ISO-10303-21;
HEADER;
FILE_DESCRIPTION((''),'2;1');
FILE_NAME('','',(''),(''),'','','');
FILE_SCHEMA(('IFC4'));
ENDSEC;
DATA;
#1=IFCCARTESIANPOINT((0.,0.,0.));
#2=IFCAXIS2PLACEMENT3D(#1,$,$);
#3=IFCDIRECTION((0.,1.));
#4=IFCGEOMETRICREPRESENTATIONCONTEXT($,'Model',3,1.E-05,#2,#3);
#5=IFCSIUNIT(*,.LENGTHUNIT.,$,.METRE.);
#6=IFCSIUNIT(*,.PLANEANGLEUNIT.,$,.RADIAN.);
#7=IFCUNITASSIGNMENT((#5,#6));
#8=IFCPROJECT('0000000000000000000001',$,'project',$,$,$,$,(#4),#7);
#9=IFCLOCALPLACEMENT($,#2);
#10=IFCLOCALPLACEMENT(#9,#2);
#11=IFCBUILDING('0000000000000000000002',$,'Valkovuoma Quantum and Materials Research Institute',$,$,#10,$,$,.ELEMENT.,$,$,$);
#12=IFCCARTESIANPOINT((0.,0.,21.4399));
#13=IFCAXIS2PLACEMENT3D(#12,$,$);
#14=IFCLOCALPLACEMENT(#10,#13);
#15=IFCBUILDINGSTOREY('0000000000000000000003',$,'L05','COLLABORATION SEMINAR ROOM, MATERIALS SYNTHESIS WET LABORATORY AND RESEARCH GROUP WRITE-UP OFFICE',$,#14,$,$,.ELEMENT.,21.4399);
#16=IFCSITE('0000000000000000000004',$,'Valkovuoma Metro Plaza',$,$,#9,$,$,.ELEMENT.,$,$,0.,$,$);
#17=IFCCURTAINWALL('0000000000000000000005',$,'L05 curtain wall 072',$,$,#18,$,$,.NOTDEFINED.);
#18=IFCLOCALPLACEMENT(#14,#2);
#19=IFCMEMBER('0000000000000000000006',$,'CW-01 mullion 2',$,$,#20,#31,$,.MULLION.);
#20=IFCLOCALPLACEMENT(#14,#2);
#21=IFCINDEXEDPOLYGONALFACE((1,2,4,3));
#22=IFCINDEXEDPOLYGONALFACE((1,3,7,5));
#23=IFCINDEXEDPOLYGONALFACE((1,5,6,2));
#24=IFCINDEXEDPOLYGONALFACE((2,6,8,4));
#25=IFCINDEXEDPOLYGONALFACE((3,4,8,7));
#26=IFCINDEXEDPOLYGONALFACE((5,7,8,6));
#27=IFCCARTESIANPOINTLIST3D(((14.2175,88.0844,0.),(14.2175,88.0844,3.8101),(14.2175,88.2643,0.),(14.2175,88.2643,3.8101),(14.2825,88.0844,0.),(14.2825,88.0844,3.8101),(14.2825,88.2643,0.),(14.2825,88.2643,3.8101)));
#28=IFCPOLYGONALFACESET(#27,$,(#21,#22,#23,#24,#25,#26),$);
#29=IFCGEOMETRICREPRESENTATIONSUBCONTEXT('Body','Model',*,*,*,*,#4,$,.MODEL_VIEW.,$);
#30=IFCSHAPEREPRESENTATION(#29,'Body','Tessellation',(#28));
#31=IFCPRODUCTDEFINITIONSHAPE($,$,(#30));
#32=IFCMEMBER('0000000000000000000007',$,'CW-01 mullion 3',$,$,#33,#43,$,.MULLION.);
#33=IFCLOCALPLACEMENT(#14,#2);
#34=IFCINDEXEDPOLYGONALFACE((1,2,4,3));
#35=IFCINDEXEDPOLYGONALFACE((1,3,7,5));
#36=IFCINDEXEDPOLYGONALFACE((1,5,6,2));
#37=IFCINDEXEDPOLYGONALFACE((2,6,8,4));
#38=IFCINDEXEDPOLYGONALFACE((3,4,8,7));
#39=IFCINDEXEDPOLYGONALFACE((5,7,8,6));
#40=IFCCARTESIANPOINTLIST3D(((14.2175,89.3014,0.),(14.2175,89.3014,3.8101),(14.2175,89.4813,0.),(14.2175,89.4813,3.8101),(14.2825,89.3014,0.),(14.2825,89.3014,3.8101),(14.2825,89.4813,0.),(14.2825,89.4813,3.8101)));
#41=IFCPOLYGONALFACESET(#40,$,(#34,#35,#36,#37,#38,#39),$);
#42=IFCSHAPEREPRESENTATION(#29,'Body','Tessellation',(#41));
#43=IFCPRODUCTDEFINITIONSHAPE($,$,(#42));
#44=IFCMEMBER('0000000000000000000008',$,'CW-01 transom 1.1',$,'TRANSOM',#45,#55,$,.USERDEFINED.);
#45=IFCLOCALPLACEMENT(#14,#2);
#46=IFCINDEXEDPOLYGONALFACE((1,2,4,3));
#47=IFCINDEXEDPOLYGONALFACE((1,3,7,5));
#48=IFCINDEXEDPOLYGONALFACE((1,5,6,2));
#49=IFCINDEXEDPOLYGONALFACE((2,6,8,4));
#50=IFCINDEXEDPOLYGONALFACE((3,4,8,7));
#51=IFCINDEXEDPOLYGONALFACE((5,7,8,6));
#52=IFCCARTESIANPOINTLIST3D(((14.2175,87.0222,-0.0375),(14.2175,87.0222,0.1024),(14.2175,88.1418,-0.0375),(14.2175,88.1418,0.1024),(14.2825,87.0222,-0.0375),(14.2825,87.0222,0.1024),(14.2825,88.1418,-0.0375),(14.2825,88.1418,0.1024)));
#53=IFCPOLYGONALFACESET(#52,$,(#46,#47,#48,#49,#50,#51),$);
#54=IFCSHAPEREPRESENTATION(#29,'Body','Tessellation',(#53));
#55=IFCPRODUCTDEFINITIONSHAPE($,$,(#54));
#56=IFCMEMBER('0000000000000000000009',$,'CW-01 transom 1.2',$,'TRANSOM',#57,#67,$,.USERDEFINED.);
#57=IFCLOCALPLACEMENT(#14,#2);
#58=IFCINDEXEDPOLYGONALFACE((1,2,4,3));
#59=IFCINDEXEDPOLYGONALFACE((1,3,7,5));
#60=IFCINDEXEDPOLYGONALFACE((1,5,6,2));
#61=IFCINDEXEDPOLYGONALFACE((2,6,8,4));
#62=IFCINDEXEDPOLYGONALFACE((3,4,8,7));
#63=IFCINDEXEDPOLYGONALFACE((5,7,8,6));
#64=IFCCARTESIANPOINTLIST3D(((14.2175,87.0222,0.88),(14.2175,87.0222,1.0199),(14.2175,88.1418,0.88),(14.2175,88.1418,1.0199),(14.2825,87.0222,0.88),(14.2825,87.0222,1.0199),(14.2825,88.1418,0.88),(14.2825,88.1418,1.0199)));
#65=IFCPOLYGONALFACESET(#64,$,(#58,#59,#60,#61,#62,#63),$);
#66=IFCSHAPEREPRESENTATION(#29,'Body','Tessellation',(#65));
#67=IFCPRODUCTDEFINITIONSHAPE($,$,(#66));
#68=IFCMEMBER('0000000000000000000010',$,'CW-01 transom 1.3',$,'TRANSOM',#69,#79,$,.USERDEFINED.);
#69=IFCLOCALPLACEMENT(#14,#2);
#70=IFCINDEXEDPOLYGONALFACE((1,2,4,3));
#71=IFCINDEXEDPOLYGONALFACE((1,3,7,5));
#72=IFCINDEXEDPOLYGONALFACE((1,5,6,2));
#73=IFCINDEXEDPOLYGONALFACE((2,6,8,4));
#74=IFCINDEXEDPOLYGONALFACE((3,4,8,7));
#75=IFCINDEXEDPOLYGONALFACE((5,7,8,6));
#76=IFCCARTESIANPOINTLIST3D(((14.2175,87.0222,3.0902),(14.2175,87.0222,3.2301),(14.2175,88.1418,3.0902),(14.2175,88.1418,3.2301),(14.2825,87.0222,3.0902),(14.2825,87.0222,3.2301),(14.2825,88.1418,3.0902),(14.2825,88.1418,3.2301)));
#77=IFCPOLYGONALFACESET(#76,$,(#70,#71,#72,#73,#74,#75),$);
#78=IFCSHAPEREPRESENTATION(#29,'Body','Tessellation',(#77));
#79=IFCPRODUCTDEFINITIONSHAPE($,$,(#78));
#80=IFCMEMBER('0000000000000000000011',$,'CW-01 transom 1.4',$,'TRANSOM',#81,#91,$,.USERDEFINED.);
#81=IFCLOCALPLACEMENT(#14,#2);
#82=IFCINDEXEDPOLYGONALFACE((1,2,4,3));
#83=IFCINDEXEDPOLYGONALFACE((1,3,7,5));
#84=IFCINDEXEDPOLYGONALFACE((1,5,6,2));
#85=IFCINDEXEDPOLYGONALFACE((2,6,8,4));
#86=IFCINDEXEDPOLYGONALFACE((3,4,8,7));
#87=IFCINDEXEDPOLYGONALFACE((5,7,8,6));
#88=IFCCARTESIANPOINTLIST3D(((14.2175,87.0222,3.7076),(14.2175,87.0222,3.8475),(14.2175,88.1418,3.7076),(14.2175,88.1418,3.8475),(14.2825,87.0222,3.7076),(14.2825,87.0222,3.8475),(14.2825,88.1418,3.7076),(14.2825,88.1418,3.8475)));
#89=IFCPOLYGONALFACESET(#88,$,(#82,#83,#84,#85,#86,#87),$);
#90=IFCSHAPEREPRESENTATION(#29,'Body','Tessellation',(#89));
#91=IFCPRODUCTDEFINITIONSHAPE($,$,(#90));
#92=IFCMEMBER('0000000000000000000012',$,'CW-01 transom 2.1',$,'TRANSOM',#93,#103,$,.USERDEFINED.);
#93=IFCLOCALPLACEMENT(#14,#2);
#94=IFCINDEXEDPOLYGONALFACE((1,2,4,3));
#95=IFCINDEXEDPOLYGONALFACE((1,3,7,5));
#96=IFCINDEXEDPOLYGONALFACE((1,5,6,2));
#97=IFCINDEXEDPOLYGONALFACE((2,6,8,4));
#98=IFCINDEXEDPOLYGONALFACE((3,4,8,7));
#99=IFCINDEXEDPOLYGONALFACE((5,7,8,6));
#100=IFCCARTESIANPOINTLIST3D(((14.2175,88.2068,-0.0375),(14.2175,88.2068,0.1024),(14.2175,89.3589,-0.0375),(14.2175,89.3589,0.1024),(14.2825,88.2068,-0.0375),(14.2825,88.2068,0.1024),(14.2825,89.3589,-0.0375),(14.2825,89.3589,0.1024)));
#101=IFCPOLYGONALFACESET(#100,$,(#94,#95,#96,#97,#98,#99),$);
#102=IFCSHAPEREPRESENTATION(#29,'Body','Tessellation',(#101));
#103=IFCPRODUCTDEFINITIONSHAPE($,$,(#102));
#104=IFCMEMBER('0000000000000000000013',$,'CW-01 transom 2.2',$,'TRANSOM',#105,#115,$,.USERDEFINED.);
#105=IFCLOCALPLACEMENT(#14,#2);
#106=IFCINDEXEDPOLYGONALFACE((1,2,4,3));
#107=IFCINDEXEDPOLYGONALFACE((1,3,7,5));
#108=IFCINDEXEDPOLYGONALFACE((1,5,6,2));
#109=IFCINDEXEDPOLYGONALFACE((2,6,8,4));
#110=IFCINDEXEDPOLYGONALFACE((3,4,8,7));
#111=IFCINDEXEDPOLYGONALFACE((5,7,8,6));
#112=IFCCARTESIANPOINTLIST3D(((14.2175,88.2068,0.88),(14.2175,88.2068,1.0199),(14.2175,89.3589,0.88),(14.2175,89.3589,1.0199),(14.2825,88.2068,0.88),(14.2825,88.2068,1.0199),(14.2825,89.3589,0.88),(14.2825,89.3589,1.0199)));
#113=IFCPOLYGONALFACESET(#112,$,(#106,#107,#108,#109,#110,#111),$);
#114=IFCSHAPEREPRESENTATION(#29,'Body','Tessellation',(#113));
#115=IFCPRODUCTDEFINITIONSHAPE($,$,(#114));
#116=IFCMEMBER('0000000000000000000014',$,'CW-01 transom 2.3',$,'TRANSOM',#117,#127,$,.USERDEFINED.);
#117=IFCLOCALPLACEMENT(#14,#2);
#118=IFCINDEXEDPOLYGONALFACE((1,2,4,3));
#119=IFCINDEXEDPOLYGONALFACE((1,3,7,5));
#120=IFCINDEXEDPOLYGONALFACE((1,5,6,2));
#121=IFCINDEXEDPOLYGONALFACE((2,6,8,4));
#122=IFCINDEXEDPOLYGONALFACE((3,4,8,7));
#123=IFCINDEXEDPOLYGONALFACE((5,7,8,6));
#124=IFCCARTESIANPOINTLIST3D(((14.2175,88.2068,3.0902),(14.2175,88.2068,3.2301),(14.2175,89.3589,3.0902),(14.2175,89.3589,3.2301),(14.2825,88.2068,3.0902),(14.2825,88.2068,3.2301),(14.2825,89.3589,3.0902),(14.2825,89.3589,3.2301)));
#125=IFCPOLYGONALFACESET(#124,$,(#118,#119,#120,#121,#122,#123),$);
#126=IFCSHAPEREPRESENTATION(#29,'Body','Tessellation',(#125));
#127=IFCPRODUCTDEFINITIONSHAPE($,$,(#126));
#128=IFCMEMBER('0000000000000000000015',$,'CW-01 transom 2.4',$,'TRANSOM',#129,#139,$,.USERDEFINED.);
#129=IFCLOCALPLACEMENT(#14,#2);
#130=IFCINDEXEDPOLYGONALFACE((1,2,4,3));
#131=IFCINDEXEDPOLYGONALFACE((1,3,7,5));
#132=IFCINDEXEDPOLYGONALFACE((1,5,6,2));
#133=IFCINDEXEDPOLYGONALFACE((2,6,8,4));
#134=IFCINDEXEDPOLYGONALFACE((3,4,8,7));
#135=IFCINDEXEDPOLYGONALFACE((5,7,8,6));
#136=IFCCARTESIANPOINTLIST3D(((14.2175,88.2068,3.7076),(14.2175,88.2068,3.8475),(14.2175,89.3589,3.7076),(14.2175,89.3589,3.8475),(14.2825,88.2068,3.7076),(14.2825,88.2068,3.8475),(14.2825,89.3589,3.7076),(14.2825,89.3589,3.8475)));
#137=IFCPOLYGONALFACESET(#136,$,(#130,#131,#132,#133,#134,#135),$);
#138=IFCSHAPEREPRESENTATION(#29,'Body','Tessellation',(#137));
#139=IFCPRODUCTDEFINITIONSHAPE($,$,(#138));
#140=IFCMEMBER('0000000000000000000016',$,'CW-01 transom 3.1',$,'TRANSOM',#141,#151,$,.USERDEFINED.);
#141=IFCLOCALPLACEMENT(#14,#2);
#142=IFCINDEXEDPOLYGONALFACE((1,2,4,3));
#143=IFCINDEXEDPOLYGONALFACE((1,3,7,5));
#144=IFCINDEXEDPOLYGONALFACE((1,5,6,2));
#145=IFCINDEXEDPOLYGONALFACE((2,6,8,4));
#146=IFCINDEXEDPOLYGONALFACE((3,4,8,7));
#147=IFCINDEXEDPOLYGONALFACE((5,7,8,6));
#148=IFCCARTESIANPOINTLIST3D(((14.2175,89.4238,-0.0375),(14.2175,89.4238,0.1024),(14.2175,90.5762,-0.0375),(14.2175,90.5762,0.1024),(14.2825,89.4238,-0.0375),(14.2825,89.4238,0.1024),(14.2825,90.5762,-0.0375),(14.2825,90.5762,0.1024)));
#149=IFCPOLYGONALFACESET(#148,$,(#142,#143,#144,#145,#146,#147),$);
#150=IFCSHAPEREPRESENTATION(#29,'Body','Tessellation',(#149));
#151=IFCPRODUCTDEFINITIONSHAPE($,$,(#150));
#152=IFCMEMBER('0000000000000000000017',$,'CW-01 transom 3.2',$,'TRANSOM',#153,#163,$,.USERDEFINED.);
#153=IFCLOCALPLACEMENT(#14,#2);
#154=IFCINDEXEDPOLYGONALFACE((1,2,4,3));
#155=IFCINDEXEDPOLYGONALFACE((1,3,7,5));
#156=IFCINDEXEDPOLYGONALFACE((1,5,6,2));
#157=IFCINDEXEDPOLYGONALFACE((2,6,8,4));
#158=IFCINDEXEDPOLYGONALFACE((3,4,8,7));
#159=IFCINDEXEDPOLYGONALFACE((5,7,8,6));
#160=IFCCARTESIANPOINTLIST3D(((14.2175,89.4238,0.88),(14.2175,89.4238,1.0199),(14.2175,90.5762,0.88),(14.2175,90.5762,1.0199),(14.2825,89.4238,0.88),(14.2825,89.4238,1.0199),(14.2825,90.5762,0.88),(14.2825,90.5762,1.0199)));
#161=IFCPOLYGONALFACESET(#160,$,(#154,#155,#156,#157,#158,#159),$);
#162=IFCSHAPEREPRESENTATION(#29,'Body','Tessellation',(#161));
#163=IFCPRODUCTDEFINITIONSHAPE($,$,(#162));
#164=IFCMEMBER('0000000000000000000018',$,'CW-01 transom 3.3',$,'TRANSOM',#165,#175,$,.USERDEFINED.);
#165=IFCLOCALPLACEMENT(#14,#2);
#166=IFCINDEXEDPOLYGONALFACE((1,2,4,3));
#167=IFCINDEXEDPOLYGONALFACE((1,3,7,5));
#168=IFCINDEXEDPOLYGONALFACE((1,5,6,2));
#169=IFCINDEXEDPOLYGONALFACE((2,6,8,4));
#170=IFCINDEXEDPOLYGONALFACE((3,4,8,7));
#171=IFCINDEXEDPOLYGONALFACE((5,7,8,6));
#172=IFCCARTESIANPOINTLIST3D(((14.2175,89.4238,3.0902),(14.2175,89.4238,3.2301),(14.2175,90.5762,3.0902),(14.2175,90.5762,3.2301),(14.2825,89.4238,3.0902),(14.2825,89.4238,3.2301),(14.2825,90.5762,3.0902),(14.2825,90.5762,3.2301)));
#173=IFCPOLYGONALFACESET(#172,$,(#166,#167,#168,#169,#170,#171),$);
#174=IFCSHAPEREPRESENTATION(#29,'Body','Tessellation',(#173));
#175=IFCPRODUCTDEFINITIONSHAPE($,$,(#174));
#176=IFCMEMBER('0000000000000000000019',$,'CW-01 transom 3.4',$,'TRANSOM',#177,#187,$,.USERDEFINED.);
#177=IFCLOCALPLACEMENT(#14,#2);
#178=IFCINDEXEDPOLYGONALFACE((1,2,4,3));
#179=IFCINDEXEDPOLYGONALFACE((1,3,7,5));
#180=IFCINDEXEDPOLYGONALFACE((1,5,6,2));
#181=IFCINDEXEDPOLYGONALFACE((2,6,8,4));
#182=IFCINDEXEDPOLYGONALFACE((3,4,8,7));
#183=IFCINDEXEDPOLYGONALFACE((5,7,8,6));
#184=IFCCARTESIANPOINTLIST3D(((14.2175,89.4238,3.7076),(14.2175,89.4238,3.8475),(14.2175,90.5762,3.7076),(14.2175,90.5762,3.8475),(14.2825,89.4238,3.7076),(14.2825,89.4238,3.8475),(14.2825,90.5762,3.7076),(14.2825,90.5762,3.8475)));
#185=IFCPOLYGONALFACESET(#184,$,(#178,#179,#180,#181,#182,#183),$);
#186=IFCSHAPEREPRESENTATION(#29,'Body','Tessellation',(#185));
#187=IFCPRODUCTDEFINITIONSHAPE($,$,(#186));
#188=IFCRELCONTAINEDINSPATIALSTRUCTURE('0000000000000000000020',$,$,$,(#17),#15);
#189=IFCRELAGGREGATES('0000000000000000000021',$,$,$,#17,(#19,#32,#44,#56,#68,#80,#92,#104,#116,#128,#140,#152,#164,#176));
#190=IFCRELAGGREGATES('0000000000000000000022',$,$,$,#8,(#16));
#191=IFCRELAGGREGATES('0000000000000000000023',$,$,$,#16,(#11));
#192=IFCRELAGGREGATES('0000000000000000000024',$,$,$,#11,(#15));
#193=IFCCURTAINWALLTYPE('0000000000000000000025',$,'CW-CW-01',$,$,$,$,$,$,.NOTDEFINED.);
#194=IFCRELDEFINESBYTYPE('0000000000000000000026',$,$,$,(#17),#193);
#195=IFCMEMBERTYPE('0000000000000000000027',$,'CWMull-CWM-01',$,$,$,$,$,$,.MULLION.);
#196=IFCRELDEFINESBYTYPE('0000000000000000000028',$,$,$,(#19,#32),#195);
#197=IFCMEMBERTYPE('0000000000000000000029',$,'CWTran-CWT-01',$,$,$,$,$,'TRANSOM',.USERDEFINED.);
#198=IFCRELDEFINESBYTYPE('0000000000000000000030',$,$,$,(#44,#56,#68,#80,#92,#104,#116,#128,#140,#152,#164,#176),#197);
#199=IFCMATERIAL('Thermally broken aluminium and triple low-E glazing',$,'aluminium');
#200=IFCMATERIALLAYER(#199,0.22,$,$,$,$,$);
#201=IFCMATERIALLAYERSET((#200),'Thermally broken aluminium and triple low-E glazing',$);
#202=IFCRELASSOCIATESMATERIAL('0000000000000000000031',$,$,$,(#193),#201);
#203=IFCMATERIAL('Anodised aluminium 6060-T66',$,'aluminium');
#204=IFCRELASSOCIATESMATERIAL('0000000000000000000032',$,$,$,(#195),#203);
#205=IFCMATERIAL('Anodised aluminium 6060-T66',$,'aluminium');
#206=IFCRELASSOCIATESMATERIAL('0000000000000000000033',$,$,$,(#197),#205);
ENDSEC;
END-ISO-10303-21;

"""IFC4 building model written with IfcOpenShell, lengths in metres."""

from ifc_helpers import new_model, si_unit, direction, frame, origin, origin_2d, place, context, subcontext, project, spatial, rectangle, extrude, material, layer, layer_set, material_profile, profile_set, type_object, element, aggregate, save


model = new_model("IFC4")

# Units and contexts
model_context = context("Model", 3, precision=1e-05, world=origin(), true_north=direction((0.0, 1.0)))
body_context = subcontext(model_context, "Body", "Model", "MODEL_VIEW")
ifc_project = project(units=[si_unit("LENGTHUNIT", "METRE"), si_unit("PLANEANGLEUNIT", "RADIAN")], contexts=[model_context])

# Site, building, storey
site_placement = place(None, origin())
site = spatial("IfcSite", under=ifc_project, at=site_placement, Name="Valkovuoma Metro Plaza", CompositionType="ELEMENT", RefElevation=0.0)
building_placement = place(site_placement, origin())
building = spatial("IfcBuilding", under=site, at=building_placement, Name="Valkovuoma Quantum and Materials Research Institute", CompositionType="ELEMENT")
storey_placement = place(building_placement, frame((0.0, 0.0, 21.4399)))
storey = spatial("IfcBuildingStorey", under=building, at=storey_placement, Name="L05", Description="COLLABORATION SEMINAR ROOM, MATERIALS SYNTHESIS WET LABORATORY AND RESEARCH GROUP WRITE-UP OFFICE", CompositionType="ELEMENT", Elevation=21.4399)

# Curtain wall, members
ifc_material_1 = material(Name="Thermally broken aluminium and triple low-E glazing", Category="aluminium")
ifc_layer_1 = layer(ifc_material_1, 0.22)
ifc_layer_set_1 = layer_set([ifc_layer_1], Name="Thermally broken aluminium and triple low-E glazing")
curtain_wall_type = type_object("IfcCurtainWallType", Name="CW-CW-01", PredefinedType="NOTDEFINED", material=ifc_layer_set_1)
curtain_wall_placement = place(storey_placement, origin())
curtain_wall = element("IfcCurtainWall", 1, at=curtain_wall_placement, inside=storey, type_object=curtain_wall_type, Name="L05 curtain wall 072", PredefinedType="NOTDEFINED")
ifc_material_2 = material(Name="Anodised aluminium 6060-T66", Category="aluminium")
ifc_material_profile_1 = material_profile(ifc_material_2, rectangle(XDim=0.0649, YDim=0.1799, at=origin_2d()), Name="Anodised aluminium 6060-T66")
ifc_profile_set_1 = profile_set([ifc_material_profile_1], Name="Anodised aluminium 6060-T66")
member_type_1 = type_object("IfcMemberType", Name="CWMull-CWM-01", PredefinedType="MULLION", material=ifc_profile_set_1)
member_1_placement = place(storey_placement, frame((14.25, 88.1743, 0.0), z_axis=(0.0, 0.0, 1.0), x_axis=(-1.0, 0.0, 0.0)))
member_1 = element("IfcMember", 2, at=member_1_placement, type_object=member_type_1, Name="CW-01 mullion 2", PredefinedType="MULLION", context=body_context, shape_type="SweptSolid", body=[
    extrude(rectangle(XDim=0.0649, YDim=0.1799, at=origin_2d()), origin(), (0.0, 0.0, 1.0), 3.8101),
])
member_2_placement = place(storey_placement, frame((14.25, 89.3914, 0.0), z_axis=(0.0, 0.0, 1.0), x_axis=(-1.0, 0.0, 0.0)))
member_2 = element("IfcMember", 3, at=member_2_placement, type_object=member_type_1, Name="CW-01 mullion 3", PredefinedType="MULLION", context=body_context, shape_type="SweptSolid", body=[
    extrude(rectangle(XDim=0.0649, YDim=0.1799, at=origin_2d()), origin(), (0.0, 0.0, 1.0), 3.8101),
])
ifc_material_3 = material(Name="Anodised aluminium 6060-T66", Category="aluminium")
ifc_material_profile_2 = material_profile(ifc_material_3, rectangle(XDim=0.0649, YDim=0.1399, at=origin_2d()), Name="Anodised aluminium 6060-T66")
ifc_profile_set_2 = profile_set([ifc_material_profile_2], Name="Anodised aluminium 6060-T66")
member_type_2 = type_object("IfcMemberType", Name="CWTran-CWT-01", ElementType="TRANSOM", PredefinedType="USERDEFINED", material=ifc_profile_set_2)
member_3_placement = place(storey_placement, frame((14.25, 87.0222, 0.0325), z_axis=(0.0, 1.0, 0.0), x_axis=(-1.0, 0.0, 0.0)))
member_3 = element("IfcMember", 4, at=member_3_placement, type_object=member_type_2, Name="CW-01 transom 1.1", ObjectType="TRANSOM", PredefinedType="USERDEFINED", context=body_context, shape_type="SweptSolid", body=[
    extrude(rectangle(XDim=0.0649, YDim=0.1399, at=origin_2d()), origin(), (0.0, 0.0, 1.0), 1.1196),
])
member_4_placement = place(storey_placement, frame((14.25, 87.0222, 0.95), z_axis=(0.0, 1.0, 0.0), x_axis=(-1.0, 0.0, 0.0)))
member_4 = element("IfcMember", 5, at=member_4_placement, type_object=member_type_2, Name="CW-01 transom 1.2", ObjectType="TRANSOM", PredefinedType="USERDEFINED", context=body_context, shape_type="SweptSolid", body=[
    extrude(rectangle(XDim=0.0649, YDim=0.1399, at=origin_2d()), origin(), (0.0, 0.0, 1.0), 1.1196),
])
member_5_placement = place(storey_placement, frame((14.25, 87.0222, 3.1602), z_axis=(0.0, 1.0, 0.0), x_axis=(-1.0, 0.0, 0.0)))
member_5 = element("IfcMember", 6, at=member_5_placement, type_object=member_type_2, Name="CW-01 transom 1.3", ObjectType="TRANSOM", PredefinedType="USERDEFINED", context=body_context, shape_type="SweptSolid", body=[
    extrude(rectangle(XDim=0.0649, YDim=0.1399, at=origin_2d()), origin(), (0.0, 0.0, 1.0), 1.1196),
])
member_6_placement = place(storey_placement, frame((14.25, 87.0222, 3.7776), z_axis=(0.0, 1.0, 0.0), x_axis=(-1.0, 0.0, 0.0)))
member_6 = element("IfcMember", 7, at=member_6_placement, type_object=member_type_2, Name="CW-01 transom 1.4", ObjectType="TRANSOM", PredefinedType="USERDEFINED", context=body_context, shape_type="SweptSolid", body=[
    extrude(rectangle(XDim=0.0649, YDim=0.1399, at=origin_2d()), origin(), (0.0, 0.0, 1.0), 1.1196),
])
member_7_placement = place(storey_placement, frame((14.25, 88.2068, 0.0325), z_axis=(0.0, 1.0, 0.0), x_axis=(-1.0, 0.0, 0.0)))
member_7 = element("IfcMember", 8, at=member_7_placement, type_object=member_type_2, Name="CW-01 transom 2.1", ObjectType="TRANSOM", PredefinedType="USERDEFINED", context=body_context, shape_type="SweptSolid", body=[
    extrude(rectangle(XDim=0.0649, YDim=0.1399, at=origin_2d()), origin(), (0.0, 0.0, 1.0), 1.1521),
])
member_8_placement = place(storey_placement, frame((14.25, 88.2068, 0.95), z_axis=(0.0, 1.0, 0.0), x_axis=(-1.0, 0.0, 0.0)))
member_8 = element("IfcMember", 9, at=member_8_placement, type_object=member_type_2, Name="CW-01 transom 2.2", ObjectType="TRANSOM", PredefinedType="USERDEFINED", context=body_context, shape_type="SweptSolid", body=[
    extrude(rectangle(XDim=0.0649, YDim=0.1399, at=origin_2d()), origin(), (0.0, 0.0, 1.0), 1.1521),
])
member_9_placement = place(storey_placement, frame((14.25, 88.2068, 3.1602), z_axis=(0.0, 1.0, 0.0), x_axis=(-1.0, 0.0, 0.0)))
member_9 = element("IfcMember", 10, at=member_9_placement, type_object=member_type_2, Name="CW-01 transom 2.3", ObjectType="TRANSOM", PredefinedType="USERDEFINED", context=body_context, shape_type="SweptSolid", body=[
    extrude(rectangle(XDim=0.0649, YDim=0.1399, at=origin_2d()), origin(), (0.0, 0.0, 1.0), 1.1521),
])
member_10_placement = place(storey_placement, frame((14.25, 88.2068, 3.7776), z_axis=(0.0, 1.0, 0.0), x_axis=(-1.0, 0.0, 0.0)))
member_10 = element("IfcMember", 11, at=member_10_placement, type_object=member_type_2, Name="CW-01 transom 2.4", ObjectType="TRANSOM", PredefinedType="USERDEFINED", context=body_context, shape_type="SweptSolid", body=[
    extrude(rectangle(XDim=0.0649, YDim=0.1399, at=origin_2d()), origin(), (0.0, 0.0, 1.0), 1.1521),
])
member_11_placement = place(storey_placement, frame((14.25, 89.4238, 0.0325), z_axis=(0.0, 1.0, 0.0), x_axis=(-1.0, 0.0, 0.0)))
member_11 = element("IfcMember", 12, at=member_11_placement, type_object=member_type_2, Name="CW-01 transom 3.1", ObjectType="TRANSOM", PredefinedType="USERDEFINED", context=body_context, shape_type="SweptSolid", body=[
    extrude(rectangle(XDim=0.0649, YDim=0.1399, at=origin_2d()), origin(), (0.0, 0.0, 1.0), 1.1523),
])
member_12_placement = place(storey_placement, frame((14.25, 89.4238, 0.95), z_axis=(0.0, 1.0, 0.0), x_axis=(-1.0, 0.0, 0.0)))
member_12 = element("IfcMember", 13, at=member_12_placement, type_object=member_type_2, Name="CW-01 transom 3.2", ObjectType="TRANSOM", PredefinedType="USERDEFINED", context=body_context, shape_type="SweptSolid", body=[
    extrude(rectangle(XDim=0.0649, YDim=0.1399, at=origin_2d()), origin(), (0.0, 0.0, 1.0), 1.1523),
])
member_13_placement = place(storey_placement, frame((14.25, 89.4238, 3.1602), z_axis=(0.0, 1.0, 0.0), x_axis=(-1.0, 0.0, 0.0)))
member_13 = element("IfcMember", 14, at=member_13_placement, type_object=member_type_2, Name="CW-01 transom 3.3", ObjectType="TRANSOM", PredefinedType="USERDEFINED", context=body_context, shape_type="SweptSolid", body=[
    extrude(rectangle(XDim=0.0649, YDim=0.1399, at=origin_2d()), origin(), (0.0, 0.0, 1.0), 1.1523),
])
member_14_placement = place(storey_placement, frame((14.25, 89.4238, 3.7776), z_axis=(0.0, 1.0, 0.0), x_axis=(-1.0, 0.0, 0.0)))
member_14 = element("IfcMember", 15, at=member_14_placement, type_object=member_type_2, Name="CW-01 transom 3.4", ObjectType="TRANSOM", PredefinedType="USERDEFINED", context=body_context, shape_type="SweptSolid", body=[
    extrude(rectangle(XDim=0.0649, YDim=0.1399, at=origin_2d()), origin(), (0.0, 0.0, 1.0), 1.1523),
])
aggregate(curtain_wall, [member_1, member_2, member_3, member_4, member_5, member_6, member_7, member_8, member_9, member_10, member_11, member_12, member_13, member_14])

save(model, "model.ifc")
